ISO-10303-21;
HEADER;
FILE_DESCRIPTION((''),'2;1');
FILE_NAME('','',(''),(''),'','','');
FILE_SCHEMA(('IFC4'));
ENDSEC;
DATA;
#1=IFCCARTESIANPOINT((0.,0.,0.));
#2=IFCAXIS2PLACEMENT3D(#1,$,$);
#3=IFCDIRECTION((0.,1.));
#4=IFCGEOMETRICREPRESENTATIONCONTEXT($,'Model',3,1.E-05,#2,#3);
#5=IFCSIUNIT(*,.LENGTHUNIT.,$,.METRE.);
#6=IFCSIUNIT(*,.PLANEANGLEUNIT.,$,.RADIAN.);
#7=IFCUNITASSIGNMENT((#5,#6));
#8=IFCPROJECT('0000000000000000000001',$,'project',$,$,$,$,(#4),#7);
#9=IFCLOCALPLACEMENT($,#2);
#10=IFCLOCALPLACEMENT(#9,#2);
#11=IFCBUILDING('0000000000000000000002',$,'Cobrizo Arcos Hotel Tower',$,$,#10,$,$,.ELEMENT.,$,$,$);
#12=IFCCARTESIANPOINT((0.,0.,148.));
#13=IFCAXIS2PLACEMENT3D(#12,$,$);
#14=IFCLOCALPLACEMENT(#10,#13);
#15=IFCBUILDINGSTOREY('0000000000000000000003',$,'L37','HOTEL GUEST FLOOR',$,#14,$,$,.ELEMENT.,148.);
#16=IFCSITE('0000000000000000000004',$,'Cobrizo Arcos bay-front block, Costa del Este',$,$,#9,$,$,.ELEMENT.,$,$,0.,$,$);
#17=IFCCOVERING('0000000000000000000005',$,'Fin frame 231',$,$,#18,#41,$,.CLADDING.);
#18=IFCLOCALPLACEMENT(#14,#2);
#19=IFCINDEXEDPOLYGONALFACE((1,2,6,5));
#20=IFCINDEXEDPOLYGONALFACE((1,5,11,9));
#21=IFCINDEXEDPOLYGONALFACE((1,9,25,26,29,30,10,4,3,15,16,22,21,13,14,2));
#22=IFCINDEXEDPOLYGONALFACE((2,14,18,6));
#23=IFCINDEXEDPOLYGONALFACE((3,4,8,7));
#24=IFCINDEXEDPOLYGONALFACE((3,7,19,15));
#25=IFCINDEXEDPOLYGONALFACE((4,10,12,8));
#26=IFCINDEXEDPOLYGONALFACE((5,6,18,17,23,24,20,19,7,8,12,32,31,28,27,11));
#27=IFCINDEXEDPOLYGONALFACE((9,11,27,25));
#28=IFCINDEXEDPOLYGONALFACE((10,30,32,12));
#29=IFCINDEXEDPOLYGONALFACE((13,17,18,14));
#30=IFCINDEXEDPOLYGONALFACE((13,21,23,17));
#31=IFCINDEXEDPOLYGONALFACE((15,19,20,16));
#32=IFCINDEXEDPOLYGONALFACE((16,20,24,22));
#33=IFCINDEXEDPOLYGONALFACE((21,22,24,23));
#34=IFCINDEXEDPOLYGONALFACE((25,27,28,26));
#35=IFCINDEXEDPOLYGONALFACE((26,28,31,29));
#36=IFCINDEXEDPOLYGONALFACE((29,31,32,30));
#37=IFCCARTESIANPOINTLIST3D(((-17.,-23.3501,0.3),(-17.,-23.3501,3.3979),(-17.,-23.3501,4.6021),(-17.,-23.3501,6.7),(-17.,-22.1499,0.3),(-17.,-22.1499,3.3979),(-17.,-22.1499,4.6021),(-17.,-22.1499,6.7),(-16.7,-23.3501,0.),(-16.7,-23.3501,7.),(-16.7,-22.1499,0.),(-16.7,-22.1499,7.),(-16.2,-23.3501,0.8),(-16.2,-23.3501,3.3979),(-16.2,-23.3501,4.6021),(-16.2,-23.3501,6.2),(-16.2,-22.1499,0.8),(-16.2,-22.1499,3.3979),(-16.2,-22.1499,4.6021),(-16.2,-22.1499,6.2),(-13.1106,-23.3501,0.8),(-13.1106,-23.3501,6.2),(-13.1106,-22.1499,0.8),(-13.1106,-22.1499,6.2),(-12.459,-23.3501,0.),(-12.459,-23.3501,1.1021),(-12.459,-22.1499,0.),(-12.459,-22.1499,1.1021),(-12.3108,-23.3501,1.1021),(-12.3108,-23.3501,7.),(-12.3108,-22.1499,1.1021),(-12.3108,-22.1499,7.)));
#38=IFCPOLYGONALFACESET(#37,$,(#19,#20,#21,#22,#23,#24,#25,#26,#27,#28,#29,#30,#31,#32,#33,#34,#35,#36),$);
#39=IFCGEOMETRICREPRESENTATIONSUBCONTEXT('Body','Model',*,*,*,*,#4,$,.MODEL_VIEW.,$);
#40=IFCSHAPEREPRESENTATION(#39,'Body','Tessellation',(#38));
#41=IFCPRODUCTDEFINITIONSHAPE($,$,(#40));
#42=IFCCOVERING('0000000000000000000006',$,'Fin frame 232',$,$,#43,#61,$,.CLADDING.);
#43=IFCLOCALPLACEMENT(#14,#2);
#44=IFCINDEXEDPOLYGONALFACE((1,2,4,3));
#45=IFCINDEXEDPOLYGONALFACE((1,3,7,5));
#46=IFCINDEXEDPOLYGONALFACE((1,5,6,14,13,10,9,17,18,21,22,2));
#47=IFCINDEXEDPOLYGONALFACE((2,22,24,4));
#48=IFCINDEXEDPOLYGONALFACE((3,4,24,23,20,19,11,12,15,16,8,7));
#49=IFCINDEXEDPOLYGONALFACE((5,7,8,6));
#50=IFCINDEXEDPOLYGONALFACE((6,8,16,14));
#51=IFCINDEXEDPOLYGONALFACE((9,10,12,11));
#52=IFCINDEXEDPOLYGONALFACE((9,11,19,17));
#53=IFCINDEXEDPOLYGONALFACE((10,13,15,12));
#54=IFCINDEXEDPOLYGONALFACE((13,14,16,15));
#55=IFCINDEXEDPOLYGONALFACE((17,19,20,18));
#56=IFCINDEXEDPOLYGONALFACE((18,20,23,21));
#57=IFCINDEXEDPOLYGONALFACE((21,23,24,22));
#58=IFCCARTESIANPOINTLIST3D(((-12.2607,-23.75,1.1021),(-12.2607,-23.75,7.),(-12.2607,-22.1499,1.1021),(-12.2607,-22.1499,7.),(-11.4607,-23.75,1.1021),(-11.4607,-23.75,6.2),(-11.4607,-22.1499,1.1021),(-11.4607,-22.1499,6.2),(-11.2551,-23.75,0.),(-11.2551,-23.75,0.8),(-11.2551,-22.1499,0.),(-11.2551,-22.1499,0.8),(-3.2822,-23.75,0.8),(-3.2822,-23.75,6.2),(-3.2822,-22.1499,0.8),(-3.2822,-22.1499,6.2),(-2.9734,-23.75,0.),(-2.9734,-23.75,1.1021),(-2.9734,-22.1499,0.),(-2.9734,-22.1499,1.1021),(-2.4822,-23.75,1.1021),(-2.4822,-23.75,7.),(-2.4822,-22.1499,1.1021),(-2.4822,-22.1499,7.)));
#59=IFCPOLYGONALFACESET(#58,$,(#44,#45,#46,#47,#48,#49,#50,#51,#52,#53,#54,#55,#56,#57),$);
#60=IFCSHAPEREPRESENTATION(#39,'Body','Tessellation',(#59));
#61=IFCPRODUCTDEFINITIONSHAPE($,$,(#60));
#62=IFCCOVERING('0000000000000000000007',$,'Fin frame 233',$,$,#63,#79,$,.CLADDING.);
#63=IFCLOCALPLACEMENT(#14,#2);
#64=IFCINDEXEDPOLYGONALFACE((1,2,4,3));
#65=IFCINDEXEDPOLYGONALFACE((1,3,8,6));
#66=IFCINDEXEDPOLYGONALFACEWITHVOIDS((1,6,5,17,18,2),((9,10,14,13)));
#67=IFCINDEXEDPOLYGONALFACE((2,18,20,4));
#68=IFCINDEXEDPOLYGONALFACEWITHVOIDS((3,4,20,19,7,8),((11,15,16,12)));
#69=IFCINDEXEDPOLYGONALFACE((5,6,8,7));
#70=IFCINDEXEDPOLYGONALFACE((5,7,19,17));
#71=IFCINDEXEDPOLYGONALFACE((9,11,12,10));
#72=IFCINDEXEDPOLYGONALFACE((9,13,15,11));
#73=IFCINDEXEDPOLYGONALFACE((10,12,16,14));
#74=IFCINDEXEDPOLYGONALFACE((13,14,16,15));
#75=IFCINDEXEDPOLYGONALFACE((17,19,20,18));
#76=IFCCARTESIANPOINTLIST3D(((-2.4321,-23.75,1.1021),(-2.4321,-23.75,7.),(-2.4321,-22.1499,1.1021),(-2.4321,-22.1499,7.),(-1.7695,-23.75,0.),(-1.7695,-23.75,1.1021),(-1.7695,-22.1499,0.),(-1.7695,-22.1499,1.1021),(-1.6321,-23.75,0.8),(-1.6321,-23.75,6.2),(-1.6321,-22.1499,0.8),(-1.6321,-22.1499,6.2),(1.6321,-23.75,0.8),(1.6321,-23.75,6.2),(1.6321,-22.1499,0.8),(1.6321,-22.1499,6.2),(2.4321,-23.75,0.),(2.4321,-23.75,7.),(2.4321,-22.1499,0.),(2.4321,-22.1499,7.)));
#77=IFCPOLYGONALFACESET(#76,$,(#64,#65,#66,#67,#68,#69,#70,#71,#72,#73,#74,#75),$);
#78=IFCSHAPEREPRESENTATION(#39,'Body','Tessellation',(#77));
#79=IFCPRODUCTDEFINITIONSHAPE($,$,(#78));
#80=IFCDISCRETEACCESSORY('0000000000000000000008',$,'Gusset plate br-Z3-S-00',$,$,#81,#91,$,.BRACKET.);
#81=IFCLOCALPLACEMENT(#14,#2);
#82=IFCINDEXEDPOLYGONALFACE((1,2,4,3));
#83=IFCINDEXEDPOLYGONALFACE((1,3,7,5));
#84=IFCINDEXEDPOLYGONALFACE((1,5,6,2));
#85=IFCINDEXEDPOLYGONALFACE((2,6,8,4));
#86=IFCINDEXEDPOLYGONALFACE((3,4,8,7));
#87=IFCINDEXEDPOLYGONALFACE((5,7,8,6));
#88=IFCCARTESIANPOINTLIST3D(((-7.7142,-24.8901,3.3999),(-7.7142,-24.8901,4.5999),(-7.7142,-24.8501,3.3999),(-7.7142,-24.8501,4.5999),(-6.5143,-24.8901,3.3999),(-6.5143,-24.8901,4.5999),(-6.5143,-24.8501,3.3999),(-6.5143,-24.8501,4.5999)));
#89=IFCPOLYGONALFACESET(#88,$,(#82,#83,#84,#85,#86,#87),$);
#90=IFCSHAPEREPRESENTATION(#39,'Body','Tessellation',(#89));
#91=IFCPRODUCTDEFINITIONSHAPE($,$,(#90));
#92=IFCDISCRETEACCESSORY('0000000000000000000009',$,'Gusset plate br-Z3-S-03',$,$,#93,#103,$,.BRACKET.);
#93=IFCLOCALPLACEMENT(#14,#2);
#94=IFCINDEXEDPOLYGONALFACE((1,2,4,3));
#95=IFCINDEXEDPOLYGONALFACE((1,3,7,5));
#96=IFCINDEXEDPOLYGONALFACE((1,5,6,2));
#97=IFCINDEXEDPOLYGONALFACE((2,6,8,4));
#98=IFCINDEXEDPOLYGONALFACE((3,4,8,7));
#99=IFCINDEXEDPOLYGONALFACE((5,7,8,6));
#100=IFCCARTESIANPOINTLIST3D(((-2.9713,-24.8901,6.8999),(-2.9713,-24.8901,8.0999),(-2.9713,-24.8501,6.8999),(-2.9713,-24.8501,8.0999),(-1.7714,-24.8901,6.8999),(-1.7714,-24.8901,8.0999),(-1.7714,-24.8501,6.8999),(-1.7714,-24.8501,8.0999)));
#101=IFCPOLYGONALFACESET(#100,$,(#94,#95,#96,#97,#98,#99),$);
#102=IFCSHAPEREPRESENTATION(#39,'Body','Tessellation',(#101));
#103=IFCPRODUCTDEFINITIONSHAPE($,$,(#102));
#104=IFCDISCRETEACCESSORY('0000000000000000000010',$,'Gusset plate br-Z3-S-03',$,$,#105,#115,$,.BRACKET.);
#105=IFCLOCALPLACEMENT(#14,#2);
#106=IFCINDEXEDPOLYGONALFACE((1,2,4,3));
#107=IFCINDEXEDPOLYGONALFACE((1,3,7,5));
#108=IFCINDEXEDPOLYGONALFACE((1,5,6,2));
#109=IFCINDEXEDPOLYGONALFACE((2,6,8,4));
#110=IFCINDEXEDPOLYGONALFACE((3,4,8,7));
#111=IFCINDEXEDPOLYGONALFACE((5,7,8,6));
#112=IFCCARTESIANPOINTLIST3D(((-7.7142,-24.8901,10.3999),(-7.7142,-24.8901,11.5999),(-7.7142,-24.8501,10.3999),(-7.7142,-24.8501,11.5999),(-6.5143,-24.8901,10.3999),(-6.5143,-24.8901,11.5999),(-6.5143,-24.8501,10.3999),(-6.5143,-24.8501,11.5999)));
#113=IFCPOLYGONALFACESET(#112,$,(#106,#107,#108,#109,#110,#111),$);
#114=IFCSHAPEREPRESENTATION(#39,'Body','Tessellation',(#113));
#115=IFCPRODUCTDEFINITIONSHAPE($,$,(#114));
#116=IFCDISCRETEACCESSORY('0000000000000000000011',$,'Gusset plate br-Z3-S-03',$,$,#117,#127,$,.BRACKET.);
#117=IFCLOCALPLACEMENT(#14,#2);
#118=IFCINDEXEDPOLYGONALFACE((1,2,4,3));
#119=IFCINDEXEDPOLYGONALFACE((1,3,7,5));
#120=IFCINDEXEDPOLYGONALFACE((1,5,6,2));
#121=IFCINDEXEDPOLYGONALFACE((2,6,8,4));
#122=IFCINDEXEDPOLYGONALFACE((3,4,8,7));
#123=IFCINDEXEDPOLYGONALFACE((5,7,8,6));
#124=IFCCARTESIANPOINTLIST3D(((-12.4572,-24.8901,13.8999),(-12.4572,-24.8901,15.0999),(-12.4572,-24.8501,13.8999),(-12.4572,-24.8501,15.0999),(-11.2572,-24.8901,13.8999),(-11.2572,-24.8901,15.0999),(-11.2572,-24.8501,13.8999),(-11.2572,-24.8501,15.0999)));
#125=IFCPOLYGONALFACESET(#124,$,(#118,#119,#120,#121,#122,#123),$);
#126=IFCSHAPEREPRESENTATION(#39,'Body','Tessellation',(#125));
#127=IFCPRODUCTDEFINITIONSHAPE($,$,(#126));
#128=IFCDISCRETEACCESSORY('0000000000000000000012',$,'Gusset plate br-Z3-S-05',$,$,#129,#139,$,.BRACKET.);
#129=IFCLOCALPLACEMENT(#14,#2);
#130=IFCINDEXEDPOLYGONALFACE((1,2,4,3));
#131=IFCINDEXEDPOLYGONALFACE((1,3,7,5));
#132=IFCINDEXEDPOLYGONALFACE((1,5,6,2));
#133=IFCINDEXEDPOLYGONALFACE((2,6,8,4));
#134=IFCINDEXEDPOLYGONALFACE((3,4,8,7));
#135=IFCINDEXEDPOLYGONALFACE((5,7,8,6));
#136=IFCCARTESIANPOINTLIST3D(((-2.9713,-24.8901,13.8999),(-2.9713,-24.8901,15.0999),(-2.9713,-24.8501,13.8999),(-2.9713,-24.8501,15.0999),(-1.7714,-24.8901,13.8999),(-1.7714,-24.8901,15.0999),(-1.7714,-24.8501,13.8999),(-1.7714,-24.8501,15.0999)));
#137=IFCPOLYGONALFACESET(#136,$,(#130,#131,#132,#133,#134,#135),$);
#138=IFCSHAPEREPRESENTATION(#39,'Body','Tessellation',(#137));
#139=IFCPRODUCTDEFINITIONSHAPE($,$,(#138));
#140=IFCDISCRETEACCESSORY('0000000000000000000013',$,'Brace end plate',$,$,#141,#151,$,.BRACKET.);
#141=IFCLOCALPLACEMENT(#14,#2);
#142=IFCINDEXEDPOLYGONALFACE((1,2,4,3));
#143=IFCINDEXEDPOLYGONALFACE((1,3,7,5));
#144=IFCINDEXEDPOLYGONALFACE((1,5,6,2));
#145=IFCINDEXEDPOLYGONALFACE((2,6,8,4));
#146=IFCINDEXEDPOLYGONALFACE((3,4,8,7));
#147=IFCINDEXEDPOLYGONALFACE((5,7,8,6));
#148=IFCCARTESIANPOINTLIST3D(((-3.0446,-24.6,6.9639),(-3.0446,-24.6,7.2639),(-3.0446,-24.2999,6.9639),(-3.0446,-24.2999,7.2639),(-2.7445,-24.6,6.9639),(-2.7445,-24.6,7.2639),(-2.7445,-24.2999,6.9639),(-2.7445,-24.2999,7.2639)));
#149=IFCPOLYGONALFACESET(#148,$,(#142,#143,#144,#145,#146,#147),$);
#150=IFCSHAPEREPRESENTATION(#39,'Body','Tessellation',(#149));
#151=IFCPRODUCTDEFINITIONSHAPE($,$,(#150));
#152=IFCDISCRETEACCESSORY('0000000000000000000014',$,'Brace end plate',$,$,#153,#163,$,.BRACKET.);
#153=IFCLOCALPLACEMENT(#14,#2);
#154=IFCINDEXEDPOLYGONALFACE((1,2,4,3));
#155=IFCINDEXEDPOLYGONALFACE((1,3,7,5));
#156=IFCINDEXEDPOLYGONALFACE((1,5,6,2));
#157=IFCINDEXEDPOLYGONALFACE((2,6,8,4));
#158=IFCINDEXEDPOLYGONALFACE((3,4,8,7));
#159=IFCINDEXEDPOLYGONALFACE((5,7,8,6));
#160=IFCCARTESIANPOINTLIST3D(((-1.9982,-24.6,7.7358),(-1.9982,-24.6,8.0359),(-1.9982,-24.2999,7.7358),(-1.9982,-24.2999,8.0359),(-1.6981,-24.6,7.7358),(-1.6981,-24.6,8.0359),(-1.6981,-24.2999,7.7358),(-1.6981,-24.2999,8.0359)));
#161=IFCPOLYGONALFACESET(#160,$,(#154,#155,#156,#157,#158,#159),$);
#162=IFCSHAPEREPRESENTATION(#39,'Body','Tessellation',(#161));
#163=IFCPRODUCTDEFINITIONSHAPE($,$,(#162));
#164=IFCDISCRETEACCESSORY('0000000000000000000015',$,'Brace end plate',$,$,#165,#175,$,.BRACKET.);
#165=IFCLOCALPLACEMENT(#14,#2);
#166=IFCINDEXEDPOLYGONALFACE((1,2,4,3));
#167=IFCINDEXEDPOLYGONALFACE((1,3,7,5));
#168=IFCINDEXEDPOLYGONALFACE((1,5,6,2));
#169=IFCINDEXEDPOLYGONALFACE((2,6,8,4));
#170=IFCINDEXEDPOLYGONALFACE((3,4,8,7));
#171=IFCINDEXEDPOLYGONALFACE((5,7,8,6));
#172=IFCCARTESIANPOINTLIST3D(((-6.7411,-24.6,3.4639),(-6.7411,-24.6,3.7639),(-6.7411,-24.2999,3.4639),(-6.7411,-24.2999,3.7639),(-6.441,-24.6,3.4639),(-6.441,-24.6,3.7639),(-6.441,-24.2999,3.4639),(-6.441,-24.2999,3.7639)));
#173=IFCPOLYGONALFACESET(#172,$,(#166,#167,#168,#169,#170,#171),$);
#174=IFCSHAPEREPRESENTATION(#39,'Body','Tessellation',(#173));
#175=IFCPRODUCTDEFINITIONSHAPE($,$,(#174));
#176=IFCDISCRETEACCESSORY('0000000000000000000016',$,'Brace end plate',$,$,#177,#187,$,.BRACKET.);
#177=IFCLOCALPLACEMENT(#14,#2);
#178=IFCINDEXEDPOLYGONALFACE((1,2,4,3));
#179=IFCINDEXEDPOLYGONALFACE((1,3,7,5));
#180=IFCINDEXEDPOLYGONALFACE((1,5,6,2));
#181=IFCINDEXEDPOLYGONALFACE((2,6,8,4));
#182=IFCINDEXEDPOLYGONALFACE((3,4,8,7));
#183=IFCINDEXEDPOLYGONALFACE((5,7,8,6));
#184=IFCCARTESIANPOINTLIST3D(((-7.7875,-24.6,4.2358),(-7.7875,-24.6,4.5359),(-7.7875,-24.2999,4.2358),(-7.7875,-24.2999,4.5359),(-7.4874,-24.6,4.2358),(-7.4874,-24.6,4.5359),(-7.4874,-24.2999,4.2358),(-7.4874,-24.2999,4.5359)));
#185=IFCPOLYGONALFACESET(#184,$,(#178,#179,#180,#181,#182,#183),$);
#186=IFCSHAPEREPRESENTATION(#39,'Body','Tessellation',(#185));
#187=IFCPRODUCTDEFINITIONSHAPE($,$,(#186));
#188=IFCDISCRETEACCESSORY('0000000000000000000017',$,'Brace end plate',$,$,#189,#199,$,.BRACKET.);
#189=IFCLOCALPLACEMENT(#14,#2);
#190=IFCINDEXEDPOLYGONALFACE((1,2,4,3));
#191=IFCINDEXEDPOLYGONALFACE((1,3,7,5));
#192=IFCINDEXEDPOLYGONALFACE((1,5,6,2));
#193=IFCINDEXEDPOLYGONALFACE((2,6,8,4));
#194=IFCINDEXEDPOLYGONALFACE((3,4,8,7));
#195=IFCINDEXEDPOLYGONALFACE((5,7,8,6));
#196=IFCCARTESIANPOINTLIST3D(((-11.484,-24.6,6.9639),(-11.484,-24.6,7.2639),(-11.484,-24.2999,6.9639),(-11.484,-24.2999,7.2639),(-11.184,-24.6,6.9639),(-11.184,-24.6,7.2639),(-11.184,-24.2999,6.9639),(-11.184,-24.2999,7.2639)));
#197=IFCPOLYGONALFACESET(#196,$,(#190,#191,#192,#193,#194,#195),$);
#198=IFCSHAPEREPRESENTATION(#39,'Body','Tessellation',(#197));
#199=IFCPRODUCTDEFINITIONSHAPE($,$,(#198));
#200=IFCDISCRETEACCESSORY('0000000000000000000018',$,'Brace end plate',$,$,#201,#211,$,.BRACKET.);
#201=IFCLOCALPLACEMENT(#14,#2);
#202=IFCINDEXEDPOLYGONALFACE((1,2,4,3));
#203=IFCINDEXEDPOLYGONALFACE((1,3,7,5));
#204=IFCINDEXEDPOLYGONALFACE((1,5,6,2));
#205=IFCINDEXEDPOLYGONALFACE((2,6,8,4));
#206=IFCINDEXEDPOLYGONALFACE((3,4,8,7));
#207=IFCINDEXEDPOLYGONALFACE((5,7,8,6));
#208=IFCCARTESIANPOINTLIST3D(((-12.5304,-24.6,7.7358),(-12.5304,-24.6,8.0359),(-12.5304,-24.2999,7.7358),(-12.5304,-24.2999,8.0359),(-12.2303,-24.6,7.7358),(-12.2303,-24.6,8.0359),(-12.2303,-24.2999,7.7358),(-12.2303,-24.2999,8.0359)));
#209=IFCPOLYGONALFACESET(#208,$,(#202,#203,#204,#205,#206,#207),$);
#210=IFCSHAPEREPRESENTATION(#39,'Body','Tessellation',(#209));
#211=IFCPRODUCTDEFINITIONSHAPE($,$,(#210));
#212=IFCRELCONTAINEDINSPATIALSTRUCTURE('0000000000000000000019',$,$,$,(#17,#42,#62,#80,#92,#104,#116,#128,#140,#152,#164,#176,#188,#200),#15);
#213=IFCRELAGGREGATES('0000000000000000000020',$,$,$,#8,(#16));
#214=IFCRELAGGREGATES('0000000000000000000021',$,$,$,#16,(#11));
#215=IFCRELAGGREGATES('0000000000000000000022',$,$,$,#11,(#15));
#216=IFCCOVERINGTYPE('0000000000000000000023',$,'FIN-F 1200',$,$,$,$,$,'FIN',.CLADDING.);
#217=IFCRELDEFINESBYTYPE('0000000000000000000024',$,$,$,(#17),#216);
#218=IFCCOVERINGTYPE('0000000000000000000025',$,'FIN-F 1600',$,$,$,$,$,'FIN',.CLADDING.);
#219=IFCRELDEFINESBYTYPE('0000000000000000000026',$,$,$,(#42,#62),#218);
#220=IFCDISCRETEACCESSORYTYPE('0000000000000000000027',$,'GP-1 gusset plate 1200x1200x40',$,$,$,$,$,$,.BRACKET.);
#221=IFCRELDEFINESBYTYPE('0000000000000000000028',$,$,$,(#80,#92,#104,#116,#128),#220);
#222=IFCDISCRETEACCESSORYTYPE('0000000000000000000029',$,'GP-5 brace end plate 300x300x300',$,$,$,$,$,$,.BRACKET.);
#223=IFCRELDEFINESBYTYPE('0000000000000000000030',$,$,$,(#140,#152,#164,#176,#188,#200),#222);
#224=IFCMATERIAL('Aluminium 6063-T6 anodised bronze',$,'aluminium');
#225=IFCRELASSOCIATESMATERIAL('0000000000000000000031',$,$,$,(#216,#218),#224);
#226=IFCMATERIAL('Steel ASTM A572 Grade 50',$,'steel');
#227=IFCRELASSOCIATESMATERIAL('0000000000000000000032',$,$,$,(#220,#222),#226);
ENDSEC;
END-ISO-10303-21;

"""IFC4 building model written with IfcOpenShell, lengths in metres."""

from ifc_helpers import new_model, si_unit, direction, frame, origin, origin_2d, place, context, subcontext, project, spatial, polyline, rectangle, outline, extrude, material, type_object, element, save


model = new_model("IFC4")

# Units and contexts
model_context = context("Model", 3, precision=1e-05, world=origin(), true_north=direction((0.0, 1.0)))
body_context = subcontext(model_context, "Body", "Model", "MODEL_VIEW")
ifc_project = project(units=[si_unit("LENGTHUNIT", "METRE"), si_unit("PLANEANGLEUNIT", "RADIAN")], contexts=[model_context])

# Site, building, storey
site_placement = place(None, origin())
site = spatial("IfcSite", under=ifc_project, at=site_placement, Name="Cobrizo Arcos bay-front block, Costa del Este", CompositionType="ELEMENT", RefElevation=0.0)
building_placement = place(site_placement, origin())
building = spatial("IfcBuilding", under=site, at=building_placement, Name="Cobrizo Arcos Hotel Tower", CompositionType="ELEMENT")
storey_placement = place(building_placement, frame((0.0, 0.0, 148.0)))
storey = spatial("IfcBuildingStorey", under=building, at=storey_placement, Name="L37", Description="HOTEL GUEST FLOOR", CompositionType="ELEMENT", Elevation=148.0)

# Shared definitions
ifc_material_1 = material(Name="Steel ASTM A572 Grade 50", Category="steel")

# Shared definitions
ifc_material_2 = material(Name="Aluminium 6063-T6 anodised bronze", Category="aluminium")

# Coverings
covering_type_1 = type_object("IfcCoveringType", Name="FIN-F 1200", ElementType="FIN", PredefinedType="CLADDING", material=ifc_material_2)
covering_1_placement = place(storey_placement, frame((-17.0, -22.1499, 0.0), z_axis=(0.0, -1.0, 0.0), x_axis=(1.0, 0.0, 0.0)))
element("IfcCovering", 1, at=covering_1_placement, inside=storey, type_object=covering_type_1, Name="Fin frame 231", PredefinedType="CLADDING", context=body_context, shape_type="SweptSolid", body=[
    extrude(outline(polyline([(0.3, 0.0), (4.541, 0.0), (4.541, 1.1021), (4.6892, 1.1021), (4.6892, 7.0), (0.3, 7.0), (0.0, 6.7), (0.0, 4.6021), (0.8, 4.6021), (0.8, 6.2), (3.8894, 6.2), (3.8894, 0.8), (0.8, 0.8), (0.8, 3.3979), (0.0, 3.3979), (0.0, 0.3), (0.3, 0.0)])), origin(), (0.0, 0.0, 1.0), 1.2002),
])
covering_type_2 = type_object("IfcCoveringType", Name="FIN-F 1600", ElementType="FIN", PredefinedType="CLADDING", material=ifc_material_2)
covering_2_placement = place(storey_placement, frame((-12.2607, -22.1499, 0.0), z_axis=(0.0, -1.0, 0.0), x_axis=(1.0, 0.0, 0.0)))
element("IfcCovering", 2, at=covering_2_placement, inside=storey, type_object=covering_type_2, Name="Fin frame 232", PredefinedType="CLADDING", context=body_context, shape_type="SweptSolid", body=[
    extrude(outline(polyline([(1.0056, 0.0), (9.2874, 0.0), (9.2874, 1.1021), (9.7786, 1.1021), (9.7786, 7.0), (0.0, 7.0), (0.0, 1.1021), (0.8, 1.1021), (0.8, 6.2), (8.9785, 6.2), (8.9785, 0.8), (1.0056, 0.8), (1.0056, 0.0)])), origin(), (0.0, 0.0, 1.0), 1.6001),
])
covering_3_placement = place(storey_placement, frame((-2.4321, -22.1499, 0.0), z_axis=(0.0, -1.0, 0.0), x_axis=(1.0, 0.0, 0.0)))
element("IfcCovering", 3, at=covering_3_placement, inside=storey, type_object=covering_type_2, Name="Fin frame 233", PredefinedType="CLADDING", context=body_context, shape_type="SweptSolid", body=[
    extrude(outline(polyline([(0.0, 7.0), (0.0, 1.1021), (0.6626, 1.1021), (0.6626, 0.0), (4.8643, 0.0), (4.8643, 7.0), (0.0, 7.0)]), holes=[polyline([(4.0642, 0.8), (0.8, 0.8), (0.8, 6.2), (4.0642, 6.2), (4.0642, 0.8)])]), origin(), (0.0, 0.0, 1.0), 1.6001),
])

# Discrete accessories
discrete_accessory_type_1 = type_object("IfcDiscreteAccessoryType", Name="GP-1 gusset plate 1200x1200x40", PredefinedType="BRACKET", material=ifc_material_1)
for number, where, z_axis, x_axis, name in (
    (4, (-7.1143, -24.8701, 3.3999), (0.0, 0.0, 1.0), (1.0, 0.0, 0.0), "Gusset plate br-Z3-S-00"),
    (5, (-2.3713, -24.8701, 6.8999), (0.0, 0.0, 1.0), (1.0, 0.0, 0.0), "Gusset plate br-Z3-S-03"),
    (6, (-7.1143, -24.8701, 10.3999), (0.0, 0.0, 1.0), (1.0, 0.0, 0.0), "Gusset plate br-Z3-S-03"),
    (7, (-11.8572, -24.8701, 13.8999), (0.0, 0.0, 1.0), (1.0, 0.0, 0.0), "Gusset plate br-Z3-S-03"),
    (8, (-2.3713, -24.8701, 13.8999), (0.0, 0.0, 1.0), (1.0, 0.0, 0.0), "Gusset plate br-Z3-S-05"),
):
    element("IfcDiscreteAccessory", number, at=place(storey_placement, frame(where, z_axis=z_axis, x_axis=x_axis)), inside=storey, type_object=discrete_accessory_type_1, Name=name, PredefinedType="BRACKET", context=body_context, shape_type="SweptSolid", body=[
        extrude(rectangle(XDim=1.2, YDim=0.04, at=origin_2d()), origin(), (0.0, 0.0, 1.0), 1.2),
    ])
discrete_accessory_type_2 = type_object("IfcDiscreteAccessoryType", Name="GP-5 brace end plate 300x300x300", PredefinedType="BRACKET", material=ifc_material_1)
for number, where, z_axis, x_axis, name in (
    (9, (-2.8945, -24.45, 6.9639), (0.0, 0.0, 1.0), (1.0, 0.0, 0.0), "Brace end plate"),
    (10, (-1.8481, -24.45, 7.7358), (0.0, 0.0, 1.0), (1.0, 0.0, 0.0), "Brace end plate"),
    (11, (-6.5911, -24.45, 3.4639), (0.0, 0.0, 1.0), (1.0, 0.0, 0.0), "Brace end plate"),
    (12, (-7.6375, -24.45, 4.2358), (0.0, 0.0, 1.0), (1.0, 0.0, 0.0), "Brace end plate"),
    (13, (-11.334, -24.45, 6.9639), (0.0, 0.0, 1.0), (1.0, 0.0, 0.0), "Brace end plate"),
    (14, (-12.3804, -24.45, 7.7358), (0.0, 0.0, 1.0), (1.0, 0.0, 0.0), "Brace end plate"),
):
    element("IfcDiscreteAccessory", number, at=place(storey_placement, frame(where, z_axis=z_axis, x_axis=x_axis)), inside=storey, type_object=discrete_accessory_type_2, Name=name, PredefinedType="BRACKET", context=body_context, shape_type="SweptSolid", body=[
        extrude(rectangle(XDim=0.3, YDim=0.3, at=origin_2d()), origin(), (0.0, 0.0, 1.0), 0.3),
    ])

save(model, "model.ifc")
